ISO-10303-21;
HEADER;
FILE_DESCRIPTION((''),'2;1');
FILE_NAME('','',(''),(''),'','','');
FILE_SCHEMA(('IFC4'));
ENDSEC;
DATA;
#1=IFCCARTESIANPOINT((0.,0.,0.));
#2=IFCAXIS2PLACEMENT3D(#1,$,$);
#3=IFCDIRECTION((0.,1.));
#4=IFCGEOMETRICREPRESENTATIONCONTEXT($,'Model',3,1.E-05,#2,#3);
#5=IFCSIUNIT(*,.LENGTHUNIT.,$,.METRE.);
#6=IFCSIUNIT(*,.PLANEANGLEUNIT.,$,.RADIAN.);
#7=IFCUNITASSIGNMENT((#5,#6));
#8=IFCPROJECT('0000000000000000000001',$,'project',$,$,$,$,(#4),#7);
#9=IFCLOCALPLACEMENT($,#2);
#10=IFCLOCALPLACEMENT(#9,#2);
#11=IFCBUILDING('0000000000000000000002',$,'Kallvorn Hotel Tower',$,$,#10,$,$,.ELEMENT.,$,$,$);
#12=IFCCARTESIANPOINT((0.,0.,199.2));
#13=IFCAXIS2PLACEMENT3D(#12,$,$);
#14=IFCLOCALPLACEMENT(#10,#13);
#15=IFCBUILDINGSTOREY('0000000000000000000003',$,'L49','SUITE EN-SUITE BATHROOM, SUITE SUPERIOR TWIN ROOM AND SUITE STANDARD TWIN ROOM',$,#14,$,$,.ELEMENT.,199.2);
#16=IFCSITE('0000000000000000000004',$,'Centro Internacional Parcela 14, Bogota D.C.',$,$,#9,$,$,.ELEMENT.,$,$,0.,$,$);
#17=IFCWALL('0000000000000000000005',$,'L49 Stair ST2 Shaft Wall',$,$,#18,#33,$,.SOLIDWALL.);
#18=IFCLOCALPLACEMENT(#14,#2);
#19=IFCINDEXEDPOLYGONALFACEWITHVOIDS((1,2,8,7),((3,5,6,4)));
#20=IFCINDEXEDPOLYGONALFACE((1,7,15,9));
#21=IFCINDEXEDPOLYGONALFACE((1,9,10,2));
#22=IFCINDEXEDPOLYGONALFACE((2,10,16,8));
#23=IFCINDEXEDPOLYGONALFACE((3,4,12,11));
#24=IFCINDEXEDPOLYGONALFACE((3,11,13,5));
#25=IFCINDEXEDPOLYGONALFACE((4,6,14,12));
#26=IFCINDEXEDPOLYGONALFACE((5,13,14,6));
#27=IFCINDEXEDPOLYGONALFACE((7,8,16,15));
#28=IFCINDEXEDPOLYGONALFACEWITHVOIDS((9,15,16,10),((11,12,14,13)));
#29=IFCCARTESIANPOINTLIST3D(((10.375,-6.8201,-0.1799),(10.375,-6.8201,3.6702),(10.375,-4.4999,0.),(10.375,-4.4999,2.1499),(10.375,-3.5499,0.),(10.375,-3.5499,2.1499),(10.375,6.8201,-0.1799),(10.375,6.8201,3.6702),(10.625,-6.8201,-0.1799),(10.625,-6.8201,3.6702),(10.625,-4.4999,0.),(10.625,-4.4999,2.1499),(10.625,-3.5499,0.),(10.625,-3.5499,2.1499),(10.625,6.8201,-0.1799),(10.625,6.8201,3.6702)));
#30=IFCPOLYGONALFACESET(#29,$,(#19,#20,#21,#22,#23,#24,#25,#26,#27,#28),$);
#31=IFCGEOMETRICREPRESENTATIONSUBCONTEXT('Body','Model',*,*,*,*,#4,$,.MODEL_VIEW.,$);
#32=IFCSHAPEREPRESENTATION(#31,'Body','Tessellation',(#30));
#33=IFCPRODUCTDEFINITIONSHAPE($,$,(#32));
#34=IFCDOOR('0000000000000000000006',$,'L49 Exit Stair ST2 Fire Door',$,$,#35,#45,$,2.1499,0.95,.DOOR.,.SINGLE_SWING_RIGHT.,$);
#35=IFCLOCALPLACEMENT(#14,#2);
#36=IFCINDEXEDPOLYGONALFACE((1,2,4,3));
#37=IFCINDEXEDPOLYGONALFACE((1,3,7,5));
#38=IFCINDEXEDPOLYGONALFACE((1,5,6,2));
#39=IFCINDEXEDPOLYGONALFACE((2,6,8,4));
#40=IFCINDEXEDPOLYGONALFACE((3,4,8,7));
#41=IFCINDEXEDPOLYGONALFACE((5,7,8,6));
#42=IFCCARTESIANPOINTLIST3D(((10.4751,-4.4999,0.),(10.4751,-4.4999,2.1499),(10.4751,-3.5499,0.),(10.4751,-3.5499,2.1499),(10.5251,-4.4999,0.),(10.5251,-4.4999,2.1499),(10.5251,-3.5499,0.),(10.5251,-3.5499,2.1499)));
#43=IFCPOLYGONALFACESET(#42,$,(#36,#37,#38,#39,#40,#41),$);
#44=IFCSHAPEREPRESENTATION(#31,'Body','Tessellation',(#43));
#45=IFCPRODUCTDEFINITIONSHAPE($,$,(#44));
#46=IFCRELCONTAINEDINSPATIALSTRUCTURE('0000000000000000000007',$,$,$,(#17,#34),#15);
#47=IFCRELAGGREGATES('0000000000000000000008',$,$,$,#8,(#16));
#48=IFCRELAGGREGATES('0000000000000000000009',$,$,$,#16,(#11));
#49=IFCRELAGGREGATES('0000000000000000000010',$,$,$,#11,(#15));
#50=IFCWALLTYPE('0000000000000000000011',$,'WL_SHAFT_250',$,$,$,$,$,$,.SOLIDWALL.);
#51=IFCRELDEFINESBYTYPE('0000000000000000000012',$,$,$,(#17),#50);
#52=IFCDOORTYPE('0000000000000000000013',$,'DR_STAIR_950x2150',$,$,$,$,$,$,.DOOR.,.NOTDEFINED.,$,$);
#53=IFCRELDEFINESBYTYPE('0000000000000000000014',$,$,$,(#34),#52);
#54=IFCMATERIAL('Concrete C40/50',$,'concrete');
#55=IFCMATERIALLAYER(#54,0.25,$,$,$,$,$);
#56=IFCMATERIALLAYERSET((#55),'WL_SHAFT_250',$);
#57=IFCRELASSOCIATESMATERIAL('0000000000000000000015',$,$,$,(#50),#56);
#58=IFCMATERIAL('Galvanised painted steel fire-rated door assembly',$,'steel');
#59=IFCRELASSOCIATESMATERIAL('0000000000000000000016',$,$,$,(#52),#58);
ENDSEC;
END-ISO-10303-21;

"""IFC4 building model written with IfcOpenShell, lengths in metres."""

from ifc_helpers import new_model, si_unit, direction, frame, frame_2d, origin, place, context, subcontext, project, spatial, rectangle, extrude, material, layer, layer_set, type_object, element, fill, save


model = new_model("IFC4")

# Units and contexts
model_context = context("Model", 3, precision=1e-05, world=origin(), true_north=direction((0.0, 1.0)))
body_context = subcontext(model_context, "Body", "Model", "MODEL_VIEW")
ifc_project = project(units=[si_unit("LENGTHUNIT", "METRE"), si_unit("PLANEANGLEUNIT", "RADIAN")], contexts=[model_context])

# Site, building, storey
site_placement = place(None, origin())
site = spatial("IfcSite", under=ifc_project, at=site_placement, Name="Centro Internacional Parcela 14, Bogota D.C.", CompositionType="ELEMENT", RefElevation=0.0)
building_placement = place(site_placement, origin())
building = spatial("IfcBuilding", under=site, at=building_placement, Name="Kallvorn Hotel Tower", CompositionType="ELEMENT")
storey_placement = place(building_placement, frame((0.0, 0.0, 199.2)))
storey = spatial("IfcBuildingStorey", under=building, at=storey_placement, Name="L49", Description="SUITE EN-SUITE BATHROOM, SUITE SUPERIOR TWIN ROOM AND SUITE STANDARD TWIN ROOM", CompositionType="ELEMENT", Elevation=199.2)

# Wall, opening, door
ifc_material_1 = material(Name="Concrete C40/50", Category="concrete")
ifc_layer_1 = layer(ifc_material_1, 0.25)
ifc_layer_set_1 = layer_set([ifc_layer_1], Name="WL_SHAFT_250")
wall_type_1 = type_object("IfcWallType", Name="WL_SHAFT_250", PredefinedType="SOLIDWALL", material=ifc_layer_set_1)
wall_1_placement = place(storey_placement, frame((10.5, -6.8201, -0.1799), z_axis=(0.0, 0.0, 1.0), x_axis=(0.0, 1.0, 0.0)))
wall_1 = element("IfcWall", 1, at=wall_1_placement, inside=storey, type_object=wall_type_1, Name="L49 Stair ST2 Shaft Wall", PredefinedType="SOLIDWALL", context=body_context, shape_type="SweptSolid", body=[
    extrude(rectangle(XDim=13.6401, YDim=0.25, at=frame_2d((6.8201, 0.0))), origin(), (0.0, 0.0, 1.0), 3.8501),
])
opening_1_placement = place(wall_1_placement, frame((2.3201, 0.0, 0.1799)))
opening_1 = element("IfcOpeningElement", 2, at=opening_1_placement, cuts=wall_1, PredefinedType="OPENING", context=body_context, shape_type="SweptSolid", body=[
    extrude(rectangle(XDim=0.95, YDim=2.1499, at=frame_2d((0.4751, 1.075))), frame((0.0, 0.1399, 0.0), z_axis=(0.0, -1.0, 0.0), x_axis=(1.0, 0.0, 0.0)), (0.0, 0.0, 1.0), 0.28),
])
ifc_material_2 = material(Name="Galvanised painted steel fire-rated door assembly", Category="steel")
door_type_1 = type_object("IfcDoorType", Name="DR_STAIR_950x2150", OperationType="NOTDEFINED", PredefinedType="DOOR", material=ifc_material_2)
door_1_placement = place(opening_1_placement, origin())
door_1 = element("IfcDoor", 3, at=door_1_placement, inside=storey, type_object=door_type_1, Name="L49 Exit Stair ST2 Fire Door", OperationType="SINGLE_SWING_RIGHT", OverallHeight=2.1499, OverallWidth=0.95, PredefinedType="DOOR", context=body_context, shape_type="SweptSolid", body=[
    extrude(rectangle(XDim=0.95, YDim=2.1499, at=frame_2d((0.4751, 1.075))), frame((0.0, 0.0249, 0.0), z_axis=(0.0, -1.0, 0.0), x_axis=(1.0, 0.0, 0.0)), (0.0, 0.0, 1.0), 0.05),
])
fill(opening_1, door_1)

save(model, "model.ifc")
